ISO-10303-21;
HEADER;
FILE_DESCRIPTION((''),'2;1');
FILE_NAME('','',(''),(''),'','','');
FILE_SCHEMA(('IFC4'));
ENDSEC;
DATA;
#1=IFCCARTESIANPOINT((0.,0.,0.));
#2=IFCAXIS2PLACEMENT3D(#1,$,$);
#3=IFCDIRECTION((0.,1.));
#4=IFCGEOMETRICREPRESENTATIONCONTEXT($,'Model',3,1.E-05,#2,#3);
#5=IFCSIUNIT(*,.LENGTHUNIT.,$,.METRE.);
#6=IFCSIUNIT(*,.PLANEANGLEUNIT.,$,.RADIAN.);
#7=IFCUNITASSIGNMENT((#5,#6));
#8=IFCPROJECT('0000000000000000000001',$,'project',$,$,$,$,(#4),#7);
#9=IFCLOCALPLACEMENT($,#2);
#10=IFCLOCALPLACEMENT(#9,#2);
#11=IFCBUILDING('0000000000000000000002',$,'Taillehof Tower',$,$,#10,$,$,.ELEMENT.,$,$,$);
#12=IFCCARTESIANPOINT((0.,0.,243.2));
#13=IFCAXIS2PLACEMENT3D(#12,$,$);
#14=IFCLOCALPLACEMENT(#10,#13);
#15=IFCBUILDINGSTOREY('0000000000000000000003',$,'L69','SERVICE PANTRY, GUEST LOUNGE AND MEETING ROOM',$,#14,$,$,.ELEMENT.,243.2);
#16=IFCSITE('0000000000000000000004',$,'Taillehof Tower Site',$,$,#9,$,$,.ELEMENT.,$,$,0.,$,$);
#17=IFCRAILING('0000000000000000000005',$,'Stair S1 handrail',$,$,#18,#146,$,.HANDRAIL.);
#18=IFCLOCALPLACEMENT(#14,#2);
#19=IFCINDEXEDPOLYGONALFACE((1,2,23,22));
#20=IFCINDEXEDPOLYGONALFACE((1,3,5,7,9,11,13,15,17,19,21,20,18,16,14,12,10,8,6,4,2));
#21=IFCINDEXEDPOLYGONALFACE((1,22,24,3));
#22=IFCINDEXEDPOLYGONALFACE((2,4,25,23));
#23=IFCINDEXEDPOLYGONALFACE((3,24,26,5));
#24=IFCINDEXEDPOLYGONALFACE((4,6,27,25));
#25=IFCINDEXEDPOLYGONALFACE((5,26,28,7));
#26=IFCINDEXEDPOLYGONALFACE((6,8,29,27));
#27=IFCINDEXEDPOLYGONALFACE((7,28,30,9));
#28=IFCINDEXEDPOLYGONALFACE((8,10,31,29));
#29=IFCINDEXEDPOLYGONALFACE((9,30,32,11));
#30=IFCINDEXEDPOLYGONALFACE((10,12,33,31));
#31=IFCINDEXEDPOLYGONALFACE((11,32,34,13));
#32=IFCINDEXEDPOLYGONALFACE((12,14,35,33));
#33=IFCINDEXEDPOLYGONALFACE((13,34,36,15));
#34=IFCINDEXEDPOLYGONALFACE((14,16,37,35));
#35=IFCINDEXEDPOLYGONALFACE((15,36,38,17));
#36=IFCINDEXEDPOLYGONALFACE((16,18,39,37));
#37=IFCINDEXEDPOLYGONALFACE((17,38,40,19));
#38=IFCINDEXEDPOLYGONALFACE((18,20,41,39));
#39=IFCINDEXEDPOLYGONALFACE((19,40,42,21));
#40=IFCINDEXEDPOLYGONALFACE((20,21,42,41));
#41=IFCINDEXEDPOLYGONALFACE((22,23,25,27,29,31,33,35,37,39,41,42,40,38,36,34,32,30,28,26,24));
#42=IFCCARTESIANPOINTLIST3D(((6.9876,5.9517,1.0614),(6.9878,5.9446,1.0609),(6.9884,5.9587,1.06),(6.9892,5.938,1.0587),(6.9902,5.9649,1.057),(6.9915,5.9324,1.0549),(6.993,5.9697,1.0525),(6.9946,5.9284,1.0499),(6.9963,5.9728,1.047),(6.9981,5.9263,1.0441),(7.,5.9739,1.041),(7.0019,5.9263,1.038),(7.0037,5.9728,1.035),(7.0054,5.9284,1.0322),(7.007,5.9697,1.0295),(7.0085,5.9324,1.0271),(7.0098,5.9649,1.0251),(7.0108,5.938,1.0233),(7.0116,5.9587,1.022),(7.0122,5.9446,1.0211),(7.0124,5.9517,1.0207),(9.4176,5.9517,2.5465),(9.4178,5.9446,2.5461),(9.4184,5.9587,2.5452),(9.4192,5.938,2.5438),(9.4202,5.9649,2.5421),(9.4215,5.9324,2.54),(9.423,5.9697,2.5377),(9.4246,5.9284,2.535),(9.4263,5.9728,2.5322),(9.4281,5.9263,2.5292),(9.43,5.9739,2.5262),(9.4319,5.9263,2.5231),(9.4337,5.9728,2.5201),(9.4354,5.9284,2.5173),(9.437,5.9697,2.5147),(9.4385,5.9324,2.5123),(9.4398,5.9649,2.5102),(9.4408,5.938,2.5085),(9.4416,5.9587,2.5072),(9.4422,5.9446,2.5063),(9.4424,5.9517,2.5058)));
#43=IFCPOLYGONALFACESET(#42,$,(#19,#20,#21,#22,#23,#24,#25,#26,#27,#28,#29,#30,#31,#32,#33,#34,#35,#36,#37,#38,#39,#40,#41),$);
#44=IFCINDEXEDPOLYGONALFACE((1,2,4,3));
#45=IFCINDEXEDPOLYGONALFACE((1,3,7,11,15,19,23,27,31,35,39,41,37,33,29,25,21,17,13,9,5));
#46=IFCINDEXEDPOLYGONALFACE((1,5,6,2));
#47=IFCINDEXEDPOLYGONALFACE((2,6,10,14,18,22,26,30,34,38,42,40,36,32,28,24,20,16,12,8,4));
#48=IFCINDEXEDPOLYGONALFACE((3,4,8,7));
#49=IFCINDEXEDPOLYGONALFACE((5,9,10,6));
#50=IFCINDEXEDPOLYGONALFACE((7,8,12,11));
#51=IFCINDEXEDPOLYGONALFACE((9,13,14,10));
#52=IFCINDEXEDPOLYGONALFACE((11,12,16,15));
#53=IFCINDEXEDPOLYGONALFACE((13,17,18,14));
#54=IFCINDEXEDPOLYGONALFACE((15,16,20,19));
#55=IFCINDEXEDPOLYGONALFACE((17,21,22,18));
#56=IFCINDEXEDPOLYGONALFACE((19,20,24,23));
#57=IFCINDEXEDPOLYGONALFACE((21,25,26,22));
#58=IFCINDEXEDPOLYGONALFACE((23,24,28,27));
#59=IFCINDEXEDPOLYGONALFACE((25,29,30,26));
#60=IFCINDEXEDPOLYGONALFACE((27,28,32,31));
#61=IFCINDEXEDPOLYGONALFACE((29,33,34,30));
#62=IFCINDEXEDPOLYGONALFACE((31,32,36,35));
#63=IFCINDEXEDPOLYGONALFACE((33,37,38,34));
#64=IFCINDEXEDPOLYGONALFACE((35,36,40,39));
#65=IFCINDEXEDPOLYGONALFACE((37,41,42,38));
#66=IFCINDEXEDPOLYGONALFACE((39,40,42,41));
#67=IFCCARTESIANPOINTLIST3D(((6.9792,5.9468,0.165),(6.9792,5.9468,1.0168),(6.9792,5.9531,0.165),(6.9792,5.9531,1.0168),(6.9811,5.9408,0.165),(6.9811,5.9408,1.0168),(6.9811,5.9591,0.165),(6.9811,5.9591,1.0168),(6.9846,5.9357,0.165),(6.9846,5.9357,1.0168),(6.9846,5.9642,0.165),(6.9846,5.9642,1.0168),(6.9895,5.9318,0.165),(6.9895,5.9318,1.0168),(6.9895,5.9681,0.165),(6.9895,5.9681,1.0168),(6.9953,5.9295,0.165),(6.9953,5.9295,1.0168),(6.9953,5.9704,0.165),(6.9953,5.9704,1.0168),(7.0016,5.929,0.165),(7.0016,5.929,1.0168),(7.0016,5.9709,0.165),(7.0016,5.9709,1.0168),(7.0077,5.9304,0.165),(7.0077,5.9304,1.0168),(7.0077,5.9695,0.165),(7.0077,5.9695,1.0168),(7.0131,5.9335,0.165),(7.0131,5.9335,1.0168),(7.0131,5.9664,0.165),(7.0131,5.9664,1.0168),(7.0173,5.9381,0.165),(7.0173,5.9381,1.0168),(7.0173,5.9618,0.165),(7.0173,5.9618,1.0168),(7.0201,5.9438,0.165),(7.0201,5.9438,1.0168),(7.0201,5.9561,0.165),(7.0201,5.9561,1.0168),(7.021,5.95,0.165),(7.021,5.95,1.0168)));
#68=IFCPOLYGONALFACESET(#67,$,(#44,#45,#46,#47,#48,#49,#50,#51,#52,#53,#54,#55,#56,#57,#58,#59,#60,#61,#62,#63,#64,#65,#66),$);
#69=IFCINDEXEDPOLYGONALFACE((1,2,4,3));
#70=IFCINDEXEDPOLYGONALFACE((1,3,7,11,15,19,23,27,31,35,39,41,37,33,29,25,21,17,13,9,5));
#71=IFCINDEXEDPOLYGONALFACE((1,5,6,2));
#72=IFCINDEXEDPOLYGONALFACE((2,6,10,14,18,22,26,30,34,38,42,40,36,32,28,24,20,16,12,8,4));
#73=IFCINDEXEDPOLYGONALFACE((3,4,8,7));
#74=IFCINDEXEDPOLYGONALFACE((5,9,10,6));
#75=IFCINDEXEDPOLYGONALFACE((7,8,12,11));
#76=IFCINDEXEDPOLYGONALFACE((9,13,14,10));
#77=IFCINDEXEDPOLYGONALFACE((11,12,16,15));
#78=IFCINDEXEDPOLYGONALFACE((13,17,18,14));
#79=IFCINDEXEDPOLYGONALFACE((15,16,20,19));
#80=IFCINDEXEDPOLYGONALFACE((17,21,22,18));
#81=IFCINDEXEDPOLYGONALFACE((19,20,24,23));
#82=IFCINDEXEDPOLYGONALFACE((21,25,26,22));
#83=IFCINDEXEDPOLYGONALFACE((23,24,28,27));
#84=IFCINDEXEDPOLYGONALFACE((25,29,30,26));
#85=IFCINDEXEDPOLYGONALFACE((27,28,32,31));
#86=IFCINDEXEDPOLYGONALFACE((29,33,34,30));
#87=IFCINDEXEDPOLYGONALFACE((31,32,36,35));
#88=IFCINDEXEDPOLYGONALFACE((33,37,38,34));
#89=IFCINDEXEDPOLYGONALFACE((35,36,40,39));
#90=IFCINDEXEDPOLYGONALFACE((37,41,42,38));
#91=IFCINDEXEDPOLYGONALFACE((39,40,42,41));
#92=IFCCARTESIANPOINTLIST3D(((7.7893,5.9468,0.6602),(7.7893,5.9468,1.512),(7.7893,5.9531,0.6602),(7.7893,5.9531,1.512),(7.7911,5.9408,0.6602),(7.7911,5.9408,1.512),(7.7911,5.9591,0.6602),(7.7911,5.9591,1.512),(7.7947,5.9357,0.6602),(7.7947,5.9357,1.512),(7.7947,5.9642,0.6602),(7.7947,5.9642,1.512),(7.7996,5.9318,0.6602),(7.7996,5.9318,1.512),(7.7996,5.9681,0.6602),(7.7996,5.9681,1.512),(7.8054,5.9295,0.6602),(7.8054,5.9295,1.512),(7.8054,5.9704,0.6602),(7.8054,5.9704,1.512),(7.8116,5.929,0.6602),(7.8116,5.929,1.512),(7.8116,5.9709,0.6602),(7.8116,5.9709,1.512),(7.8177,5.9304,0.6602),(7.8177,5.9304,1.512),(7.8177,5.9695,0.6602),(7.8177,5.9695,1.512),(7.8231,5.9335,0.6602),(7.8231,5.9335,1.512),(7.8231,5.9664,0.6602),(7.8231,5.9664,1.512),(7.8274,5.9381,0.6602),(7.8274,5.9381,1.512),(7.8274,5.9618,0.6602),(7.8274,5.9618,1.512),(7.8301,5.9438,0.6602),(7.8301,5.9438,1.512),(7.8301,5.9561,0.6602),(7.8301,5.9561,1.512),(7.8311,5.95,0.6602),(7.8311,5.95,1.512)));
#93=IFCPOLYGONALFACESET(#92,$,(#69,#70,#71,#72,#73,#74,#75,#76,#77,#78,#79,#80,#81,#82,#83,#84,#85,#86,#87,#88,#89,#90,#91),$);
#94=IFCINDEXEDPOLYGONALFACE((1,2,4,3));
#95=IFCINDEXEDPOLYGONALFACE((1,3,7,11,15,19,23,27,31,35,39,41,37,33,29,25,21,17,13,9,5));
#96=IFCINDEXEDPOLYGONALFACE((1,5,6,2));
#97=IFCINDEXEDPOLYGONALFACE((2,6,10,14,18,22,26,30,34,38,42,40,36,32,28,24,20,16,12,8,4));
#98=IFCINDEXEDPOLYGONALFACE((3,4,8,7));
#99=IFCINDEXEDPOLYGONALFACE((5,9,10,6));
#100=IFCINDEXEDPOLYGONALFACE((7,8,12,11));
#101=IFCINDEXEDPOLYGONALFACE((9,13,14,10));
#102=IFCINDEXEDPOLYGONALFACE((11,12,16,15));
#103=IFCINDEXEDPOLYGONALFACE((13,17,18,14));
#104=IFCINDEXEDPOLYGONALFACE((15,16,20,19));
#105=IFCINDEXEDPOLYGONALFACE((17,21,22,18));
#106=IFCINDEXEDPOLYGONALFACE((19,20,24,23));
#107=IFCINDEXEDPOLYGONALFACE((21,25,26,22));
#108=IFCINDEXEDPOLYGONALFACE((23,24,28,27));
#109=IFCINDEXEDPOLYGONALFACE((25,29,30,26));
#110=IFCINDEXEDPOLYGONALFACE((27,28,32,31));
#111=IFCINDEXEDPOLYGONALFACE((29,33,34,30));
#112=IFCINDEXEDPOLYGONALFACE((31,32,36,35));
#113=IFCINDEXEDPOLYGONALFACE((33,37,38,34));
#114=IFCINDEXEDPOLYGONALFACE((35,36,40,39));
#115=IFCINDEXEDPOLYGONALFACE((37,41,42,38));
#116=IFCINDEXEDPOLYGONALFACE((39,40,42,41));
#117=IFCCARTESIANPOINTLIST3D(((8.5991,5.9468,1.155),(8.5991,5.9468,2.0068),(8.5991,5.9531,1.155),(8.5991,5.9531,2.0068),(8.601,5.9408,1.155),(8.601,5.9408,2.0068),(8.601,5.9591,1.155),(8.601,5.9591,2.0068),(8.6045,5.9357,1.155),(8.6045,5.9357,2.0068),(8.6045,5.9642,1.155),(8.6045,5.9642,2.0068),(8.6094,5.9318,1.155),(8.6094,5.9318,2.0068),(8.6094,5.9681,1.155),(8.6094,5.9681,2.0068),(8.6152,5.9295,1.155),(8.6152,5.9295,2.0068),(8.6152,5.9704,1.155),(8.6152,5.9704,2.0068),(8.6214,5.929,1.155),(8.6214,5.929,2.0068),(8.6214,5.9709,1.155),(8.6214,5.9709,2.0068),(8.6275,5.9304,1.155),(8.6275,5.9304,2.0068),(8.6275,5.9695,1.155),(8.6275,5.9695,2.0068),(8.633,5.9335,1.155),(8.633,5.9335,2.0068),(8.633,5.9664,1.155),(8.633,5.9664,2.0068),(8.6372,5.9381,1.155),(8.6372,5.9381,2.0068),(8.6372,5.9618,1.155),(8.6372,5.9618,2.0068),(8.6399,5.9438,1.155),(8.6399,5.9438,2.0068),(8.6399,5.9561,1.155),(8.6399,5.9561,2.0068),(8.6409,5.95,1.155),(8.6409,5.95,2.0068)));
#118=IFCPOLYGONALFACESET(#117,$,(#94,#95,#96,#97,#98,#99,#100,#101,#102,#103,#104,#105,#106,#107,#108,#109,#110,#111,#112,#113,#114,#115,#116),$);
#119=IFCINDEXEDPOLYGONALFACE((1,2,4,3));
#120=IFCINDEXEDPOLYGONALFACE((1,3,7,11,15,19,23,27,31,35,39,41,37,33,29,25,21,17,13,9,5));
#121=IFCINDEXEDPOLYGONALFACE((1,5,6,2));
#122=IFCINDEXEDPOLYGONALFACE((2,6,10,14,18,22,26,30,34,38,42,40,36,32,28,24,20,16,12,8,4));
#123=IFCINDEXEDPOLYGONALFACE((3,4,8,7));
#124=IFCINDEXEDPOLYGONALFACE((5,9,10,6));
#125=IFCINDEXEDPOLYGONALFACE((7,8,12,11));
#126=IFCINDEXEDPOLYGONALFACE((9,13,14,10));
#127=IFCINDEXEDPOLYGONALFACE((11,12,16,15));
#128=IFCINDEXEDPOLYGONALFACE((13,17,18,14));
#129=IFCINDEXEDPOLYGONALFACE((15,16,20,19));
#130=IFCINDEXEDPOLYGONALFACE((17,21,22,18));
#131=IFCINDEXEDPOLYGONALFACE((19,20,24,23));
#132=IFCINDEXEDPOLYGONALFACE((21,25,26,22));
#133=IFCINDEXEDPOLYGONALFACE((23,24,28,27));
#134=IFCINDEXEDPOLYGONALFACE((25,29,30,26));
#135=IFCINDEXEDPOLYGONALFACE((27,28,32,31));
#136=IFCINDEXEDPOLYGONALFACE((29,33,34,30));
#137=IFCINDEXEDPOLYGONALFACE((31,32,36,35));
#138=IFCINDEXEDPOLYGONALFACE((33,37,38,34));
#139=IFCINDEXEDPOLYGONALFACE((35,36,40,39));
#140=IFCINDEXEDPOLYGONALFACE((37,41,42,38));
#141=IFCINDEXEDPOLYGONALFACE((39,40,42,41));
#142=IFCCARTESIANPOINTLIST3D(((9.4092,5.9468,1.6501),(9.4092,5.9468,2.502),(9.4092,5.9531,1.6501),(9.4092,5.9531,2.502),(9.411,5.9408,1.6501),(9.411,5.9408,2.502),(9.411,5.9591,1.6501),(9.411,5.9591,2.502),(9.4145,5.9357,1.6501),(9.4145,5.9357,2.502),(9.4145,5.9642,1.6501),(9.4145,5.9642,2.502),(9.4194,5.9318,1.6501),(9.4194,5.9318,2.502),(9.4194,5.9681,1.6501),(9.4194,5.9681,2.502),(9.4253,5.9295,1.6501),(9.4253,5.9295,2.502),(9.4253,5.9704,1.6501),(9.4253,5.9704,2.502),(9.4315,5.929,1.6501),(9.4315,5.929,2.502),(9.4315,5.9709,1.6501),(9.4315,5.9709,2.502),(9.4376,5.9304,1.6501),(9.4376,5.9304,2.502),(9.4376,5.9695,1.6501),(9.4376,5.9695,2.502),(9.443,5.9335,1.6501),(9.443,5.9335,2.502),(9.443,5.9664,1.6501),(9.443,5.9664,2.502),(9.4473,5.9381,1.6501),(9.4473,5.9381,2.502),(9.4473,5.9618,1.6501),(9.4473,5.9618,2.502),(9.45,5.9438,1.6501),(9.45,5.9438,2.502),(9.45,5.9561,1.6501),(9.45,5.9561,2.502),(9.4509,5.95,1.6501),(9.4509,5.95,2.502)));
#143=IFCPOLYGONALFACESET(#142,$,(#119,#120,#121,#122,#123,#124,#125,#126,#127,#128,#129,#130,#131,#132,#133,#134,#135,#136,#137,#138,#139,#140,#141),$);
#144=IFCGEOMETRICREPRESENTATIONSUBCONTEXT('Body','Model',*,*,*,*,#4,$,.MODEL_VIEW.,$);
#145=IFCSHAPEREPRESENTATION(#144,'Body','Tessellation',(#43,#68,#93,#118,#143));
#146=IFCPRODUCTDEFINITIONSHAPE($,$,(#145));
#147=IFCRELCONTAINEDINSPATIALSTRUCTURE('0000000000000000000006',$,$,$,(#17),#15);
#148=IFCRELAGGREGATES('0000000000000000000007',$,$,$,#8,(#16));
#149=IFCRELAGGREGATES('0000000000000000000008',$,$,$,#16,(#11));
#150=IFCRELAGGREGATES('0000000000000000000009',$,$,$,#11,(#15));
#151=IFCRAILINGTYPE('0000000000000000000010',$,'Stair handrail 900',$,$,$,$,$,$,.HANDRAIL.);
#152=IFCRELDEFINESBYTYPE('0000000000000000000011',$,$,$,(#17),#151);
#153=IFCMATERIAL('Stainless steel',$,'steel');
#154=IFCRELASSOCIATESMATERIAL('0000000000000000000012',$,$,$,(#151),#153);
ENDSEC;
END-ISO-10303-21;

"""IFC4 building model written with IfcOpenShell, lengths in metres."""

from ifc_helpers import new_model, si_unit, direction, frame, origin, origin_2d, place, context, subcontext, project, spatial, circle, extrude, material, type_object, element, save


model = new_model("IFC4")

# Units and contexts
model_context = context("Model", 3, precision=1e-05, world=origin(), true_north=direction((0.0, 1.0)))
body_context = subcontext(model_context, "Body", "Model", "MODEL_VIEW")
ifc_project = project(units=[si_unit("LENGTHUNIT", "METRE"), si_unit("PLANEANGLEUNIT", "RADIAN")], contexts=[model_context])

# Site, building, storey
site_placement = place(None, origin())
site = spatial("IfcSite", under=ifc_project, at=site_placement, Name="Taillehof Tower Site", CompositionType="ELEMENT", RefElevation=0.0)
building_placement = place(site_placement, origin())
building = spatial("IfcBuilding", under=site, at=building_placement, Name="Taillehof Tower", CompositionType="ELEMENT")
storey_placement = place(building_placement, frame((0.0, 0.0, 243.2)))
storey = spatial("IfcBuildingStorey", under=building, at=storey_placement, Name="L69", Description="SERVICE PANTRY, GUEST LOUNGE AND MEETING ROOM", CompositionType="ELEMENT", Elevation=243.2)

# Railing
ifc_material_1 = material(Name="Stainless steel", Category="steel")
railing_type = type_object("IfcRailingType", Name="Stair handrail 900", PredefinedType="HANDRAIL", material=ifc_material_1)
railing_placement = place(storey_placement, frame((7.0, 5.95, 0.165)))
element("IfcRailing", 1, at=railing_placement, inside=storey, type_object=railing_type, Name="Stair S1 handrail", PredefinedType="HANDRAIL", context=body_context, shape_type="SweptSolid", body=[
    extrude(circle(Radius=0.0239, at=origin_2d()), frame((0.0, 0.0, 0.876), z_axis=(0.853259, 0.0, 0.521488), x_axis=(0.0, 1.0, 0.0)), (0.0, 0.0, 1.0), 2.8479),
    extrude(circle(Radius=0.021, at=origin_2d()), origin(), (0.0, 0.0, 1.0), 0.8518),
    extrude(circle(Radius=0.021, at=origin_2d()), frame((0.8101, 0.0, 0.4951)), (0.0, 0.0, 1.0), 0.8518),
    extrude(circle(Radius=0.021, at=origin_2d()), frame((1.6199, 0.0, 0.99)), (0.0, 0.0, 1.0), 0.8518),
    extrude(circle(Radius=0.021, at=origin_2d()), frame((2.4299, 0.0, 1.4851)), (0.0, 0.0, 1.0), 0.8518),
])

save(model, "model.ifc")
